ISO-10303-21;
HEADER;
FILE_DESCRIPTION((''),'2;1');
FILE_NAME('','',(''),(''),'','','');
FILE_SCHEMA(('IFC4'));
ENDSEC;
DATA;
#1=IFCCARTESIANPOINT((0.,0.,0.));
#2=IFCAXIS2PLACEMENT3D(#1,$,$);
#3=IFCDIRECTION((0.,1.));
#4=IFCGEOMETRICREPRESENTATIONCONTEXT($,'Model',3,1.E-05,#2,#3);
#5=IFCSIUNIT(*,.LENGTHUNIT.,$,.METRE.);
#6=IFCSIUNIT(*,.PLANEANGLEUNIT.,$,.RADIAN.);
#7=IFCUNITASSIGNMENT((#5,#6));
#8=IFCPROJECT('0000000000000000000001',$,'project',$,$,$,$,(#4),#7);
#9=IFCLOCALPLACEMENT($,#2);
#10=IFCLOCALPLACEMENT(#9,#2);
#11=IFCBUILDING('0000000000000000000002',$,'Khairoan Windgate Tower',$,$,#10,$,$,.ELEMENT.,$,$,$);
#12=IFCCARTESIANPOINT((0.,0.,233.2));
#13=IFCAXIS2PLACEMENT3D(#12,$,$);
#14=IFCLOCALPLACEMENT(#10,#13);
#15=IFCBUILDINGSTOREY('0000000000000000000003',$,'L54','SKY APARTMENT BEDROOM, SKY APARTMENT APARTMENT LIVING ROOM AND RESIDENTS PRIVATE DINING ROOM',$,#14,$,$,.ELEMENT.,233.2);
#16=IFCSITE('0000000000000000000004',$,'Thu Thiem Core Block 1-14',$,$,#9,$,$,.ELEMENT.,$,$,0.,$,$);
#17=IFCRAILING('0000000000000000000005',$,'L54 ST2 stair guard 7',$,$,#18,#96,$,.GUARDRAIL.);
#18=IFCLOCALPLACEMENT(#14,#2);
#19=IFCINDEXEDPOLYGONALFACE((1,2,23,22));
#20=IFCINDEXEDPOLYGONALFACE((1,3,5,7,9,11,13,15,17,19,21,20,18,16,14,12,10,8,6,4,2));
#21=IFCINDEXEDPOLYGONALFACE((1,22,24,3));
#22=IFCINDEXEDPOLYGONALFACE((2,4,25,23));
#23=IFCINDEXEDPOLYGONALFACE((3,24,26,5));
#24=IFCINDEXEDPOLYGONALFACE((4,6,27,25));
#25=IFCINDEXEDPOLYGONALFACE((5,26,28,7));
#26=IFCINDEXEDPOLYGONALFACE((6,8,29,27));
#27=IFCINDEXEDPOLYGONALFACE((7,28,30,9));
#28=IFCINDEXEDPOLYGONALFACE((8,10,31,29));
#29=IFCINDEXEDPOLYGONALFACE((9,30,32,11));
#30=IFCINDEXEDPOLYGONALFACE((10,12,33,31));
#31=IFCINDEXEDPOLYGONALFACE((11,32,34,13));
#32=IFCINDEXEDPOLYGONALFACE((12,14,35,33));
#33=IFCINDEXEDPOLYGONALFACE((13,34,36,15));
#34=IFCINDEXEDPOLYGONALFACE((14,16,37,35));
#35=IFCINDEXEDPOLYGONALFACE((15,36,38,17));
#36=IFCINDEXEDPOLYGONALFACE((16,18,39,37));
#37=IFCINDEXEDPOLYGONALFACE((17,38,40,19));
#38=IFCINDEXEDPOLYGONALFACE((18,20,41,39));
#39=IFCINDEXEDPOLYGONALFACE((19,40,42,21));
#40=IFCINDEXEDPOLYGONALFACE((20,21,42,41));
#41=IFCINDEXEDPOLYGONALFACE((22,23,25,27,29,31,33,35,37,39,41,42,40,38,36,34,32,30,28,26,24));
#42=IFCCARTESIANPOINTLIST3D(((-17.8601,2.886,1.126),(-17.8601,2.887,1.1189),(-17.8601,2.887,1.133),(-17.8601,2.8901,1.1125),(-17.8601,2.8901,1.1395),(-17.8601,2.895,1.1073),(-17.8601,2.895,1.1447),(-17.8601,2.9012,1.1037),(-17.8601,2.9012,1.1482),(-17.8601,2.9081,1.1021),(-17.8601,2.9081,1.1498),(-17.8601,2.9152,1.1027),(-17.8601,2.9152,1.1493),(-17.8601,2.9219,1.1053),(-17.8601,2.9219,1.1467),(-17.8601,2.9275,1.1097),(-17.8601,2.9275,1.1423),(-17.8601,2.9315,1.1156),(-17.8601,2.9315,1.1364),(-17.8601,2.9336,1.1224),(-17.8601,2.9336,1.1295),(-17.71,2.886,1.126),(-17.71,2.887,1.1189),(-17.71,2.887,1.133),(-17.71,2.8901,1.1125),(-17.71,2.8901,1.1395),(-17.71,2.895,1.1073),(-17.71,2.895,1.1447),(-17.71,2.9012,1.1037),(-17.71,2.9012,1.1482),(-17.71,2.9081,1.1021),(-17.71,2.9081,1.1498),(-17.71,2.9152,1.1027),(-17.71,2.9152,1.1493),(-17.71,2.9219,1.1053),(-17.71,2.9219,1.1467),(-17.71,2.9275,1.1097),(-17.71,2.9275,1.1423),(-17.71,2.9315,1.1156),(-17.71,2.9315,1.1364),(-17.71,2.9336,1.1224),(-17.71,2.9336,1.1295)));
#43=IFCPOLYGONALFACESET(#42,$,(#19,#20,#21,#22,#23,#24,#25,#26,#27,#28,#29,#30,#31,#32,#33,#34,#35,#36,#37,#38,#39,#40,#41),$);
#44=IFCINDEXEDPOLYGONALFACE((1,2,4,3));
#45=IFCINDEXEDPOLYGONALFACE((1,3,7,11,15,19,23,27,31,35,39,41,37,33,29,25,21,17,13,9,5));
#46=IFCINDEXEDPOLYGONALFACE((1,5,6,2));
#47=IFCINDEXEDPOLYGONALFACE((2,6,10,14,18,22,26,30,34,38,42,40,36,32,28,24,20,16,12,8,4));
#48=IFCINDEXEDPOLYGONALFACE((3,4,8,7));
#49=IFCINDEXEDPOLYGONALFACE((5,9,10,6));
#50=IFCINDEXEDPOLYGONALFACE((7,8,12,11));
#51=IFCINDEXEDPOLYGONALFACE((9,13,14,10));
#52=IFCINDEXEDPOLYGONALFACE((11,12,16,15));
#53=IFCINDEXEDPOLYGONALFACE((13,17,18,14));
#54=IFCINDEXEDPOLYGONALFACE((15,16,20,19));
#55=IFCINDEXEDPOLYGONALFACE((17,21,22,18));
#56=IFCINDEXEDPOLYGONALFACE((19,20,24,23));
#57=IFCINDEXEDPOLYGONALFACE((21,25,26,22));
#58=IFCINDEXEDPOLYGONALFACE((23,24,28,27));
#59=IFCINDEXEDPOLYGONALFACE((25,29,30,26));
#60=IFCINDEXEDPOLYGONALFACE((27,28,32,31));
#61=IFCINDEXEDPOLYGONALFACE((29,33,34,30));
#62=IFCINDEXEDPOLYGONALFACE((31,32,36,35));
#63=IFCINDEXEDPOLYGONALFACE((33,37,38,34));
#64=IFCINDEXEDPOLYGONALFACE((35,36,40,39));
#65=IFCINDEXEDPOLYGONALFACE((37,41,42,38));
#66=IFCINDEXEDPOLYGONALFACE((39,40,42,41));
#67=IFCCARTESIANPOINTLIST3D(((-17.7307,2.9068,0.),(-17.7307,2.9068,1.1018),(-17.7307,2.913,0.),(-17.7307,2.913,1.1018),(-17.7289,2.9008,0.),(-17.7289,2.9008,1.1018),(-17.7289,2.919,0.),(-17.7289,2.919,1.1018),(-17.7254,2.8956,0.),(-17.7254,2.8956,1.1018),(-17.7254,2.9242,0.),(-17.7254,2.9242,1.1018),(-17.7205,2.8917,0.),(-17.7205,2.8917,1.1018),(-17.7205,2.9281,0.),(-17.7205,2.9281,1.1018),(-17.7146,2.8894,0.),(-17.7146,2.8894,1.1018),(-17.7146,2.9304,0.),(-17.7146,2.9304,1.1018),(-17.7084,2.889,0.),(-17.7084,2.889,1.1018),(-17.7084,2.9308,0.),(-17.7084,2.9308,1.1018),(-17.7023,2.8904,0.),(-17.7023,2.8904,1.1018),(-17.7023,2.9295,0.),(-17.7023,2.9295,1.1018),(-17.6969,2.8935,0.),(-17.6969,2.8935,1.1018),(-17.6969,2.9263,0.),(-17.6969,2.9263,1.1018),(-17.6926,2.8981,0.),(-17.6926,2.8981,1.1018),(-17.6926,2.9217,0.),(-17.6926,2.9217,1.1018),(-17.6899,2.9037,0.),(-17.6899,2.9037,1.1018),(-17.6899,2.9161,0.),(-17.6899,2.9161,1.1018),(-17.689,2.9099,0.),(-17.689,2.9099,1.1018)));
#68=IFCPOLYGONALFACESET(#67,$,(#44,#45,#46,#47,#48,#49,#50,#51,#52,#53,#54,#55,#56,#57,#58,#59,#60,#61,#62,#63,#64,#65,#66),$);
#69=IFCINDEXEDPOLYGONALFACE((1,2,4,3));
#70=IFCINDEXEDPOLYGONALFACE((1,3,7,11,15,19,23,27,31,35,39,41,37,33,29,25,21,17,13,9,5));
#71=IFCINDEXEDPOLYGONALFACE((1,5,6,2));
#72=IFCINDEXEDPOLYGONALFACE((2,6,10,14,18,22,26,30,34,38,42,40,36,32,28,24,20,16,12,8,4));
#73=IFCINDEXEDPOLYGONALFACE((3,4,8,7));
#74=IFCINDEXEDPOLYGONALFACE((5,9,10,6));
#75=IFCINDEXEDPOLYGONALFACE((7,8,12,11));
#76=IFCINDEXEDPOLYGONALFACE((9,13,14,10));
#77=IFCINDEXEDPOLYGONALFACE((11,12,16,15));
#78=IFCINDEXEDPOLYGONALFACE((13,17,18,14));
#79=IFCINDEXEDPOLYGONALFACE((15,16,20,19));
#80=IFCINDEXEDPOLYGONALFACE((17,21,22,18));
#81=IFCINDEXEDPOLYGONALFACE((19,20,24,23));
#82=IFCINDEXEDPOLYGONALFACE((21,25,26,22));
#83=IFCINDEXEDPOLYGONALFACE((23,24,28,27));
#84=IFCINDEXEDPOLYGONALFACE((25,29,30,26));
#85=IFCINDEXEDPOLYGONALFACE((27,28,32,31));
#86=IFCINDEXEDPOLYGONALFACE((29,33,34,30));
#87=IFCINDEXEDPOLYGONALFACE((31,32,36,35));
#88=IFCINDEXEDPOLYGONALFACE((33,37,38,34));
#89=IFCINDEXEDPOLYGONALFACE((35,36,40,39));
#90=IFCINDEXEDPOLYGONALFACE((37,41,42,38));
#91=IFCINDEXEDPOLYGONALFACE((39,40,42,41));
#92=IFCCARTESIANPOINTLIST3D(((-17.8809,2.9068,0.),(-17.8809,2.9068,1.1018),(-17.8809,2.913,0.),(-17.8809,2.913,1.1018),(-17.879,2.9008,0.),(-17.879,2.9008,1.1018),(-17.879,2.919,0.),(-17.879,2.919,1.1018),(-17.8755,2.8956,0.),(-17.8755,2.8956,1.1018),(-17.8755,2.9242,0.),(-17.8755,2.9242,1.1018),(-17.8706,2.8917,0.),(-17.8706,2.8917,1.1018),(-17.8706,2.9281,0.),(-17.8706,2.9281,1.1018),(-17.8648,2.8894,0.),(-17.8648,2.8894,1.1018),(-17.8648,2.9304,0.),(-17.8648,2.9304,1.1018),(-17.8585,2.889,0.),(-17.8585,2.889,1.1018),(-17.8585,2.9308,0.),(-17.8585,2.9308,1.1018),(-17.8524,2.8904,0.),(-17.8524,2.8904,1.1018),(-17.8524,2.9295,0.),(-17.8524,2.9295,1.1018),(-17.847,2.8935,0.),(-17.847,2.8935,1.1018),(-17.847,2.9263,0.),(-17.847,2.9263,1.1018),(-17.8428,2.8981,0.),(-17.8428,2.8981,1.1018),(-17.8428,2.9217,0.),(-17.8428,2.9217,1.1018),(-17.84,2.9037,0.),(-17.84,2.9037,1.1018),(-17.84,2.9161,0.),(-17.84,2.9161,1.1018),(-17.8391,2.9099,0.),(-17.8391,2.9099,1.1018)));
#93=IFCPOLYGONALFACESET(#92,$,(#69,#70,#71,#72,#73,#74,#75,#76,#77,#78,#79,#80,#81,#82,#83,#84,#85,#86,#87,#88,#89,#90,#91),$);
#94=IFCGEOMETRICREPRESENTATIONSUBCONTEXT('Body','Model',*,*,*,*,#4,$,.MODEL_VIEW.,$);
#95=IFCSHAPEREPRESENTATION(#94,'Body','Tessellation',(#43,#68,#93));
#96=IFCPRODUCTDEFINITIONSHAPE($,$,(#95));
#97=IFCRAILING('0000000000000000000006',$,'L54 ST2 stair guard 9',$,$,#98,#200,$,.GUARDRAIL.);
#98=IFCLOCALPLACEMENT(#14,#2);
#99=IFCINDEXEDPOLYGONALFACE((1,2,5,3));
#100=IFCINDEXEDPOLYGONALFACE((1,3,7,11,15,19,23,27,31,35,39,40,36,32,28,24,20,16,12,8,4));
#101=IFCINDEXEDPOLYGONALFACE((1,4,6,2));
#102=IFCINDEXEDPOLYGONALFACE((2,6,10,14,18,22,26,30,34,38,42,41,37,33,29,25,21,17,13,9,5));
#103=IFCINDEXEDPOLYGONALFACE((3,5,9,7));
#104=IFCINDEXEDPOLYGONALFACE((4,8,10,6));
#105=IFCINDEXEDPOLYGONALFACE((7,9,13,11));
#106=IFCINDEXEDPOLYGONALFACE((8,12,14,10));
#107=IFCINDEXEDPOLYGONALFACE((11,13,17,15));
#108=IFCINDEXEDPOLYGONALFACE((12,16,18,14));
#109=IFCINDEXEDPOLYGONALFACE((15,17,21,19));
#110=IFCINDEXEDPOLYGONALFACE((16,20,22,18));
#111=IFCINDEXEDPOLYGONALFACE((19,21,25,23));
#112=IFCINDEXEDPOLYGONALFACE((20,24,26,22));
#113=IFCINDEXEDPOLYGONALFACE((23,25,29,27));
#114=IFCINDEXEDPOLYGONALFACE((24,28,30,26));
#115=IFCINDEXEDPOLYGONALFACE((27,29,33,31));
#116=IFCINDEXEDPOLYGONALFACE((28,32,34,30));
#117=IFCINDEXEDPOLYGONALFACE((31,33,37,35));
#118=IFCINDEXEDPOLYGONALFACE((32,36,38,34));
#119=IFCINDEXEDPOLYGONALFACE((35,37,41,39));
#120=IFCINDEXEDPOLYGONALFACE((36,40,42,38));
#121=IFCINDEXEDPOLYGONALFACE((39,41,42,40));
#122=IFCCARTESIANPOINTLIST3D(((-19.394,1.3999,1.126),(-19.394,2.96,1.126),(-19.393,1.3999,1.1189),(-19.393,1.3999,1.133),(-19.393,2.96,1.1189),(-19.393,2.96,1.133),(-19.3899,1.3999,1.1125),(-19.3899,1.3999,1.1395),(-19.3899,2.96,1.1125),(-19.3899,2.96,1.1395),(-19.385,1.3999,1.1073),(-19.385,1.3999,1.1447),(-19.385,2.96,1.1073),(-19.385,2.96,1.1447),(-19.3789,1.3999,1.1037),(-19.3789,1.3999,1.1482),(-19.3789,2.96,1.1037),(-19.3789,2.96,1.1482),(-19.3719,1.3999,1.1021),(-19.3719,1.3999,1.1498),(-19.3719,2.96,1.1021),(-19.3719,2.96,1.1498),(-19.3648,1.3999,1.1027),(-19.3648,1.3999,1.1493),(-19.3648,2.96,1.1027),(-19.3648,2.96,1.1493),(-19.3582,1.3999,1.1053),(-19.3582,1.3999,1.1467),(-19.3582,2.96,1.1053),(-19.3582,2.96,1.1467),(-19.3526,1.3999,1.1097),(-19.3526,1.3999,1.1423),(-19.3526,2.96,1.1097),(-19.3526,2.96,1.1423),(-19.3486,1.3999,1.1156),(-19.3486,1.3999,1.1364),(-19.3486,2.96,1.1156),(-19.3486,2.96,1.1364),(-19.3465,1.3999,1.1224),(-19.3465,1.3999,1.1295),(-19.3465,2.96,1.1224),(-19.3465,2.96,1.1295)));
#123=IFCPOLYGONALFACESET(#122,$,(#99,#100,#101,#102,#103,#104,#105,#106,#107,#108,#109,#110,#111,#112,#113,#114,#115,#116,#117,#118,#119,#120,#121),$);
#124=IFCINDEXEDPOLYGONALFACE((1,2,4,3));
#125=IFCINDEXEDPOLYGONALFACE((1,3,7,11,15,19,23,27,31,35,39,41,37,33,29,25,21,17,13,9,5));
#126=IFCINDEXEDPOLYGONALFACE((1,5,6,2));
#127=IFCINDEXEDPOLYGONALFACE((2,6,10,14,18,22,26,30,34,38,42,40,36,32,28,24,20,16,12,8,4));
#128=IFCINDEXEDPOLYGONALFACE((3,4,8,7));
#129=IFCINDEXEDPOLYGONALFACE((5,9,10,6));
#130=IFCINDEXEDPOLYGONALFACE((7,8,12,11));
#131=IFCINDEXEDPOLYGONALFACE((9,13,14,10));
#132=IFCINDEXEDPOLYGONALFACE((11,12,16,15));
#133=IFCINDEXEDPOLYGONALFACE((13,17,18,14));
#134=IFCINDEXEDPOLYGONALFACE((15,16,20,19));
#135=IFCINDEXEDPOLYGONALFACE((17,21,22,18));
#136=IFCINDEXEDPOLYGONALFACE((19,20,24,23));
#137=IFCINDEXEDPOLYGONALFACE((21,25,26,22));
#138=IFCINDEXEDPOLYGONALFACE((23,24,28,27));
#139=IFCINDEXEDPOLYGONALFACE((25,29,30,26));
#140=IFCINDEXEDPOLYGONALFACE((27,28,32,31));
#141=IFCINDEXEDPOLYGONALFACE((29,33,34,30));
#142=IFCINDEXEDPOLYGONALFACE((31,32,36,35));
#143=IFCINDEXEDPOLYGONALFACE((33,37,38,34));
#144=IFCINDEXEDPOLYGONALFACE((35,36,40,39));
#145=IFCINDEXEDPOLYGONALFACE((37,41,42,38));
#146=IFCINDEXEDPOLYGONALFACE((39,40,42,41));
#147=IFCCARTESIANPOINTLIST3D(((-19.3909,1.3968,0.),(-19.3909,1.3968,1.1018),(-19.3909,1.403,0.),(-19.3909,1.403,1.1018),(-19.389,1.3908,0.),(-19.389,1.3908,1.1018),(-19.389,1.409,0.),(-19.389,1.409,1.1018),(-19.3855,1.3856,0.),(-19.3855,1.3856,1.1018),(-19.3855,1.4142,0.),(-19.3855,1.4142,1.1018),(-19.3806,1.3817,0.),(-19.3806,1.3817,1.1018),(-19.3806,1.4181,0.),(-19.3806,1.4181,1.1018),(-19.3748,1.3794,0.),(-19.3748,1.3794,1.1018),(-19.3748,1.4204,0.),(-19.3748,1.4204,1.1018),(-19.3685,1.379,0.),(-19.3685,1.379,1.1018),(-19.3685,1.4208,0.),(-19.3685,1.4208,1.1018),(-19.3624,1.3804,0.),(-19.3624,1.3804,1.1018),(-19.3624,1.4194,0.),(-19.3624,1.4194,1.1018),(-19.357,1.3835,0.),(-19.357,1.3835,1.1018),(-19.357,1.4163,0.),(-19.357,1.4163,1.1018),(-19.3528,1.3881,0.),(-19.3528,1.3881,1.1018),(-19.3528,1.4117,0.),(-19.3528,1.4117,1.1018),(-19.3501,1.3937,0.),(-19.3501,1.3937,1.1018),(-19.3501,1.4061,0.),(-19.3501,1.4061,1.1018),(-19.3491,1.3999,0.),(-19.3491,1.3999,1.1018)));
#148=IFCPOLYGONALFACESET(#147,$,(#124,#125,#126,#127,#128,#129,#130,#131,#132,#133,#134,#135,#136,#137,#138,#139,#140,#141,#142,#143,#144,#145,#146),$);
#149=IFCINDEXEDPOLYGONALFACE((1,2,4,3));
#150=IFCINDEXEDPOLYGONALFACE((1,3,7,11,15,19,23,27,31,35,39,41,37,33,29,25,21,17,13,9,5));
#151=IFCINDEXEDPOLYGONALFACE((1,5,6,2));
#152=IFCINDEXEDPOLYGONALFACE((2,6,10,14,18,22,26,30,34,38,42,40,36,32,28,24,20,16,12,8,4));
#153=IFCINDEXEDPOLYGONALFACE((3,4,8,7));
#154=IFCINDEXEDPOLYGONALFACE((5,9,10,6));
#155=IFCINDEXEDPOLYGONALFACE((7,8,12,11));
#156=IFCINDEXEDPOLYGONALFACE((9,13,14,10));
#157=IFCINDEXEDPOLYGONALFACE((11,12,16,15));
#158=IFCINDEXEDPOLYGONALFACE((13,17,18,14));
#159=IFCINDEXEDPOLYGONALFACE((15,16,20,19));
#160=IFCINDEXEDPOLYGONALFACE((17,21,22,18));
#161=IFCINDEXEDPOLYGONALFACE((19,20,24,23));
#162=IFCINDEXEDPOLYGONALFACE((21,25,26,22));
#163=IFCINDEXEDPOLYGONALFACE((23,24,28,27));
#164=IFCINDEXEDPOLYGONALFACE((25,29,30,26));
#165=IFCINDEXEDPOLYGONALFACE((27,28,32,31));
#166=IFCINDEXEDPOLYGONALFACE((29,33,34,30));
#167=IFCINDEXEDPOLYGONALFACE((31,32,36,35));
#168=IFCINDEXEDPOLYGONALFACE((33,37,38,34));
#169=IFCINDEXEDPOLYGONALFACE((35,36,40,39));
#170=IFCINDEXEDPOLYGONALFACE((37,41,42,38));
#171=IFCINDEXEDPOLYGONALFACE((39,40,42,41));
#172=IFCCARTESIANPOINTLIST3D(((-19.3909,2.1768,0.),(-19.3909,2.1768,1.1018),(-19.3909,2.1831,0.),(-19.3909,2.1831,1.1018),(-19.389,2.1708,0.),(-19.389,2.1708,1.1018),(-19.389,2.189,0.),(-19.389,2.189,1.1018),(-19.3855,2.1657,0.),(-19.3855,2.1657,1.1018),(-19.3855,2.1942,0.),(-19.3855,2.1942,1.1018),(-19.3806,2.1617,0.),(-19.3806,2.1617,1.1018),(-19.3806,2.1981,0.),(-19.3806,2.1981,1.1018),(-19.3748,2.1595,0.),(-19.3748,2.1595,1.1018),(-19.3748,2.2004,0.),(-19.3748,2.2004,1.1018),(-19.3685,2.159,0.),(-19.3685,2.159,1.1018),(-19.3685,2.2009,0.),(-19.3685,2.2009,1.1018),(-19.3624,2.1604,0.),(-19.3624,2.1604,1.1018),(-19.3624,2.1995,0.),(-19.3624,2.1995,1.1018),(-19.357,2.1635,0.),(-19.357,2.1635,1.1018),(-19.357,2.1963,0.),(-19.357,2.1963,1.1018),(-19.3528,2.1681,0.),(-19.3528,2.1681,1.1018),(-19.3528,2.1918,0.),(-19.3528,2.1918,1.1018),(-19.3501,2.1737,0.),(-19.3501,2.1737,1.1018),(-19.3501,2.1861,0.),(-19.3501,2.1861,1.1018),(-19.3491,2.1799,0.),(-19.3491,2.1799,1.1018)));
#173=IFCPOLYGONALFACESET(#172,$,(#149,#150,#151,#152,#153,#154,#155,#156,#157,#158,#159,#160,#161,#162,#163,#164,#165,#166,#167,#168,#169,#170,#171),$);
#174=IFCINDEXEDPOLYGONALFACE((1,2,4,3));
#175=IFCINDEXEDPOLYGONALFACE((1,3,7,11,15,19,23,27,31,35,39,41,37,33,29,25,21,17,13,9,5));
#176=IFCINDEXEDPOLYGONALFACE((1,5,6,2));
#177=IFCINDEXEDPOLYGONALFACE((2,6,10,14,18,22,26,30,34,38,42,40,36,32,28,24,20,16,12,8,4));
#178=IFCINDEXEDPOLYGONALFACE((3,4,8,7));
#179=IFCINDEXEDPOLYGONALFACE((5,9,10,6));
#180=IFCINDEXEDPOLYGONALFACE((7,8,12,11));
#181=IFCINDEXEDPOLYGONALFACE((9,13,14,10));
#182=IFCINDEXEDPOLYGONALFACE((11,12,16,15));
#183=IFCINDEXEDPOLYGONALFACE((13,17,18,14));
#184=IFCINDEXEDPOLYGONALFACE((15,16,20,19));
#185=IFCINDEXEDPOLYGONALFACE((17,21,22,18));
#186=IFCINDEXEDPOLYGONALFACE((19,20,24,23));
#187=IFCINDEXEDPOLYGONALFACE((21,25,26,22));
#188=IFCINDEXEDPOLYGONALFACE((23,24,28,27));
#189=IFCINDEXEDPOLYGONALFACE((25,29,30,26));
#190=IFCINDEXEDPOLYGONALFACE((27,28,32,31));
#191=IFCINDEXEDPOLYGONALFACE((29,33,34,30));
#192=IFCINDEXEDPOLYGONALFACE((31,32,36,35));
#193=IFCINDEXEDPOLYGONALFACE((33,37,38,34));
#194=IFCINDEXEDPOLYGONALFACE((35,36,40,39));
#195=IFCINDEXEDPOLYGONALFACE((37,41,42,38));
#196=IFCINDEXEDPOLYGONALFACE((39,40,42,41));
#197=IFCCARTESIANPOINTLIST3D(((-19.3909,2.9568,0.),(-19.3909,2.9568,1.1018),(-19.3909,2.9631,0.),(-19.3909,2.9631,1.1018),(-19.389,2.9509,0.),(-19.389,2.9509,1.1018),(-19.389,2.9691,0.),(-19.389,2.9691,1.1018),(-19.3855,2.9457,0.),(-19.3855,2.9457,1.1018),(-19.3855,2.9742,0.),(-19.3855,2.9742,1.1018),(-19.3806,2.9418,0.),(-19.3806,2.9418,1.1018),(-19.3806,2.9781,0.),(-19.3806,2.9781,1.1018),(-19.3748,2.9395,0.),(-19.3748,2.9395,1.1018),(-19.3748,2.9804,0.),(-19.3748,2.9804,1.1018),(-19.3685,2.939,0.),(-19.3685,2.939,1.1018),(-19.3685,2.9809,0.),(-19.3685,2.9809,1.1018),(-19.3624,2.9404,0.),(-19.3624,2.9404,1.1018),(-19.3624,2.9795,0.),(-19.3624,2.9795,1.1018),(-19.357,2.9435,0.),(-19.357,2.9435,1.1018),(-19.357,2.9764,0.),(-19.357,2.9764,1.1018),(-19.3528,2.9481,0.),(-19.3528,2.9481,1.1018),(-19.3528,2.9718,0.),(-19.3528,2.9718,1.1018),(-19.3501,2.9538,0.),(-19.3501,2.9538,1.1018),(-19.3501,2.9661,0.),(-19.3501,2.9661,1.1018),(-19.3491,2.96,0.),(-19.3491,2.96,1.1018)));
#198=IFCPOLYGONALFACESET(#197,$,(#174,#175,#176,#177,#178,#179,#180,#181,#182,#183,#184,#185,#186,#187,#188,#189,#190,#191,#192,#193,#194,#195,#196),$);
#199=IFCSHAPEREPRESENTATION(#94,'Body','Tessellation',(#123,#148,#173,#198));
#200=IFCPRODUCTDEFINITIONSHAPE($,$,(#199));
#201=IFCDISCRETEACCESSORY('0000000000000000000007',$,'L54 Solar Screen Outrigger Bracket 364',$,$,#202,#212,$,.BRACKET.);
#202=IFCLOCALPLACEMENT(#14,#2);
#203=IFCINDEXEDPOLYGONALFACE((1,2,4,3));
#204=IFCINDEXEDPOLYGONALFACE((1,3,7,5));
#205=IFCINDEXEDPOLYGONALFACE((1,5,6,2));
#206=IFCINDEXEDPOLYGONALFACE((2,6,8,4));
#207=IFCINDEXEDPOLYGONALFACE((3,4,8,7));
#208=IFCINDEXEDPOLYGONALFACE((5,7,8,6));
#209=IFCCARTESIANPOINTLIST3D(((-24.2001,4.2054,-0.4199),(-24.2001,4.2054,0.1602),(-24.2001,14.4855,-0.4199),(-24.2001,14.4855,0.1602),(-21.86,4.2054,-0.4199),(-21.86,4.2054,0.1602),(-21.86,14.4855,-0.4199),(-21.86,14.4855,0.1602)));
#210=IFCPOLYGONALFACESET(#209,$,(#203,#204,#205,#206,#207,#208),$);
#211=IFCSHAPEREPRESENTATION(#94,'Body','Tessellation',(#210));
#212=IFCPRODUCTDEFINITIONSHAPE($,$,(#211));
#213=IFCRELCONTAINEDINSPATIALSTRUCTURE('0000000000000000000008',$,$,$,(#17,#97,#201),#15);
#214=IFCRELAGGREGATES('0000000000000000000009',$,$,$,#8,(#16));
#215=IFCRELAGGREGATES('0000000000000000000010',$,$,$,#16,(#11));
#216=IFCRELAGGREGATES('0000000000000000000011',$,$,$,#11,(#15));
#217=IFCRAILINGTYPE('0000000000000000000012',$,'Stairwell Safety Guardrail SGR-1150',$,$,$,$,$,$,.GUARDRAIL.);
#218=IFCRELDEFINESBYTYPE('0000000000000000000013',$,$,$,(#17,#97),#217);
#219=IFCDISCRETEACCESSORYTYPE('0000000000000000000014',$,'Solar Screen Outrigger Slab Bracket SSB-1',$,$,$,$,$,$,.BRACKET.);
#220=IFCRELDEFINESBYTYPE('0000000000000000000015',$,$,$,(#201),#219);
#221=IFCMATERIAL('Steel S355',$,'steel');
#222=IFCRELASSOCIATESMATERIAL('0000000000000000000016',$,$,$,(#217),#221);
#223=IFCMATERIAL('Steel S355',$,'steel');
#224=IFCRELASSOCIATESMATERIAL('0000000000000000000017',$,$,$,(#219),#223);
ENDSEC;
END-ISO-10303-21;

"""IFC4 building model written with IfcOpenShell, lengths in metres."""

from ifc_helpers import new_model, si_unit, direction, frame, origin, origin_2d, place, context, subcontext, project, spatial, rectangle, circle, extrude, material, type_object, element, save


model = new_model("IFC4")

# Units and contexts
model_context = context("Model", 3, precision=1e-05, world=origin(), true_north=direction((0.0, 1.0)))
body_context = subcontext(model_context, "Body", "Model", "MODEL_VIEW")
ifc_project = project(units=[si_unit("LENGTHUNIT", "METRE"), si_unit("PLANEANGLEUNIT", "RADIAN")], contexts=[model_context])

# Site, building, storey
site_placement = place(None, origin())
site = spatial("IfcSite", under=ifc_project, at=site_placement, Name="Thu Thiem Core Block 1-14", CompositionType="ELEMENT", RefElevation=0.0)
building_placement = place(site_placement, origin())
building = spatial("IfcBuilding", under=site, at=building_placement, Name="Khairoan Windgate Tower", CompositionType="ELEMENT")
storey_placement = place(building_placement, frame((0.0, 0.0, 233.2)))
storey = spatial("IfcBuildingStorey", under=building, at=storey_placement, Name="L54", Description="SKY APARTMENT BEDROOM, SKY APARTMENT APARTMENT LIVING ROOM AND RESIDENTS PRIVATE DINING ROOM", CompositionType="ELEMENT", Elevation=233.2)

# Railings
ifc_material_1 = material(Name="Steel S355", Category="steel")
railing_type_1 = type_object("IfcRailingType", Name="Stairwell Safety Guardrail SGR-1150", PredefinedType="GUARDRAIL", material=ifc_material_1)
railing_1_placement = place(storey_placement, frame((-17.71, 2.9099, 0.0)))
element("IfcRailing", 1, at=railing_1_placement, inside=storey, type_object=railing_type_1, Name="L54 ST2 stair guard 7", PredefinedType="GUARDRAIL", context=body_context, shape_type="SweptSolid", body=[
    extrude(circle(Radius=0.0239, at=origin_2d()), frame((0.0, 0.0, 1.126), z_axis=(-1.0, 0.0, 0.0), x_axis=(0.0, -1.0, 0.0)), (0.0, 0.0, 1.0), 0.1501),
    extrude(circle(Radius=0.021, at=origin_2d()), origin(), (0.0, 0.0, 1.0), 1.1018),
    extrude(circle(Radius=0.021, at=origin_2d()), frame((-0.1501, 0.0, 0.0)), (0.0, 0.0, 1.0), 1.1018),
])
railing_2_placement = place(storey_placement, frame((-19.3701, 1.3999, 0.0)))
element("IfcRailing", 2, at=railing_2_placement, inside=storey, type_object=railing_type_1, Name="L54 ST2 stair guard 9", PredefinedType="GUARDRAIL", context=body_context, shape_type="SweptSolid", body=[
    extrude(circle(Radius=0.0239, at=origin_2d()), frame((0.0, 0.0, 1.126), z_axis=(0.0, 1.0, 0.0), x_axis=(-1.0, 0.0, 0.0)), (0.0, 0.0, 1.0), 1.5601),
    extrude(circle(Radius=0.021, at=origin_2d()), origin(), (0.0, 0.0, 1.0), 1.1018),
    extrude(circle(Radius=0.021, at=origin_2d()), frame((0.0, 0.78, 0.0)), (0.0, 0.0, 1.0), 1.1018),
    extrude(circle(Radius=0.021, at=origin_2d()), frame((0.0, 1.5601, 0.0)), (0.0, 0.0, 1.0), 1.1018),
])

# Discrete accessory
ifc_material_2 = material(Name="Steel S355", Category="steel")
discrete_accessory_type = type_object("IfcDiscreteAccessoryType", Name="Solar Screen Outrigger Slab Bracket SSB-1", PredefinedType="BRACKET", material=ifc_material_2)
discrete_accessory_placement = place(storey_placement, frame((-23.03, 9.3455, -0.4199), z_axis=(0.0, 0.0, 1.0), x_axis=(0.0, 1.0, 0.0)))
element("IfcDiscreteAccessory", 3, at=discrete_accessory_placement, inside=storey, type_object=discrete_accessory_type, Name="L54 Solar Screen Outrigger Bracket 364", PredefinedType="BRACKET", context=body_context, shape_type="SweptSolid", body=[
    extrude(rectangle(XDim=10.28, YDim=2.3401, at=origin_2d()), origin(), (0.0, 0.0, 1.0), 0.5801),
])

save(model, "model.ifc")
